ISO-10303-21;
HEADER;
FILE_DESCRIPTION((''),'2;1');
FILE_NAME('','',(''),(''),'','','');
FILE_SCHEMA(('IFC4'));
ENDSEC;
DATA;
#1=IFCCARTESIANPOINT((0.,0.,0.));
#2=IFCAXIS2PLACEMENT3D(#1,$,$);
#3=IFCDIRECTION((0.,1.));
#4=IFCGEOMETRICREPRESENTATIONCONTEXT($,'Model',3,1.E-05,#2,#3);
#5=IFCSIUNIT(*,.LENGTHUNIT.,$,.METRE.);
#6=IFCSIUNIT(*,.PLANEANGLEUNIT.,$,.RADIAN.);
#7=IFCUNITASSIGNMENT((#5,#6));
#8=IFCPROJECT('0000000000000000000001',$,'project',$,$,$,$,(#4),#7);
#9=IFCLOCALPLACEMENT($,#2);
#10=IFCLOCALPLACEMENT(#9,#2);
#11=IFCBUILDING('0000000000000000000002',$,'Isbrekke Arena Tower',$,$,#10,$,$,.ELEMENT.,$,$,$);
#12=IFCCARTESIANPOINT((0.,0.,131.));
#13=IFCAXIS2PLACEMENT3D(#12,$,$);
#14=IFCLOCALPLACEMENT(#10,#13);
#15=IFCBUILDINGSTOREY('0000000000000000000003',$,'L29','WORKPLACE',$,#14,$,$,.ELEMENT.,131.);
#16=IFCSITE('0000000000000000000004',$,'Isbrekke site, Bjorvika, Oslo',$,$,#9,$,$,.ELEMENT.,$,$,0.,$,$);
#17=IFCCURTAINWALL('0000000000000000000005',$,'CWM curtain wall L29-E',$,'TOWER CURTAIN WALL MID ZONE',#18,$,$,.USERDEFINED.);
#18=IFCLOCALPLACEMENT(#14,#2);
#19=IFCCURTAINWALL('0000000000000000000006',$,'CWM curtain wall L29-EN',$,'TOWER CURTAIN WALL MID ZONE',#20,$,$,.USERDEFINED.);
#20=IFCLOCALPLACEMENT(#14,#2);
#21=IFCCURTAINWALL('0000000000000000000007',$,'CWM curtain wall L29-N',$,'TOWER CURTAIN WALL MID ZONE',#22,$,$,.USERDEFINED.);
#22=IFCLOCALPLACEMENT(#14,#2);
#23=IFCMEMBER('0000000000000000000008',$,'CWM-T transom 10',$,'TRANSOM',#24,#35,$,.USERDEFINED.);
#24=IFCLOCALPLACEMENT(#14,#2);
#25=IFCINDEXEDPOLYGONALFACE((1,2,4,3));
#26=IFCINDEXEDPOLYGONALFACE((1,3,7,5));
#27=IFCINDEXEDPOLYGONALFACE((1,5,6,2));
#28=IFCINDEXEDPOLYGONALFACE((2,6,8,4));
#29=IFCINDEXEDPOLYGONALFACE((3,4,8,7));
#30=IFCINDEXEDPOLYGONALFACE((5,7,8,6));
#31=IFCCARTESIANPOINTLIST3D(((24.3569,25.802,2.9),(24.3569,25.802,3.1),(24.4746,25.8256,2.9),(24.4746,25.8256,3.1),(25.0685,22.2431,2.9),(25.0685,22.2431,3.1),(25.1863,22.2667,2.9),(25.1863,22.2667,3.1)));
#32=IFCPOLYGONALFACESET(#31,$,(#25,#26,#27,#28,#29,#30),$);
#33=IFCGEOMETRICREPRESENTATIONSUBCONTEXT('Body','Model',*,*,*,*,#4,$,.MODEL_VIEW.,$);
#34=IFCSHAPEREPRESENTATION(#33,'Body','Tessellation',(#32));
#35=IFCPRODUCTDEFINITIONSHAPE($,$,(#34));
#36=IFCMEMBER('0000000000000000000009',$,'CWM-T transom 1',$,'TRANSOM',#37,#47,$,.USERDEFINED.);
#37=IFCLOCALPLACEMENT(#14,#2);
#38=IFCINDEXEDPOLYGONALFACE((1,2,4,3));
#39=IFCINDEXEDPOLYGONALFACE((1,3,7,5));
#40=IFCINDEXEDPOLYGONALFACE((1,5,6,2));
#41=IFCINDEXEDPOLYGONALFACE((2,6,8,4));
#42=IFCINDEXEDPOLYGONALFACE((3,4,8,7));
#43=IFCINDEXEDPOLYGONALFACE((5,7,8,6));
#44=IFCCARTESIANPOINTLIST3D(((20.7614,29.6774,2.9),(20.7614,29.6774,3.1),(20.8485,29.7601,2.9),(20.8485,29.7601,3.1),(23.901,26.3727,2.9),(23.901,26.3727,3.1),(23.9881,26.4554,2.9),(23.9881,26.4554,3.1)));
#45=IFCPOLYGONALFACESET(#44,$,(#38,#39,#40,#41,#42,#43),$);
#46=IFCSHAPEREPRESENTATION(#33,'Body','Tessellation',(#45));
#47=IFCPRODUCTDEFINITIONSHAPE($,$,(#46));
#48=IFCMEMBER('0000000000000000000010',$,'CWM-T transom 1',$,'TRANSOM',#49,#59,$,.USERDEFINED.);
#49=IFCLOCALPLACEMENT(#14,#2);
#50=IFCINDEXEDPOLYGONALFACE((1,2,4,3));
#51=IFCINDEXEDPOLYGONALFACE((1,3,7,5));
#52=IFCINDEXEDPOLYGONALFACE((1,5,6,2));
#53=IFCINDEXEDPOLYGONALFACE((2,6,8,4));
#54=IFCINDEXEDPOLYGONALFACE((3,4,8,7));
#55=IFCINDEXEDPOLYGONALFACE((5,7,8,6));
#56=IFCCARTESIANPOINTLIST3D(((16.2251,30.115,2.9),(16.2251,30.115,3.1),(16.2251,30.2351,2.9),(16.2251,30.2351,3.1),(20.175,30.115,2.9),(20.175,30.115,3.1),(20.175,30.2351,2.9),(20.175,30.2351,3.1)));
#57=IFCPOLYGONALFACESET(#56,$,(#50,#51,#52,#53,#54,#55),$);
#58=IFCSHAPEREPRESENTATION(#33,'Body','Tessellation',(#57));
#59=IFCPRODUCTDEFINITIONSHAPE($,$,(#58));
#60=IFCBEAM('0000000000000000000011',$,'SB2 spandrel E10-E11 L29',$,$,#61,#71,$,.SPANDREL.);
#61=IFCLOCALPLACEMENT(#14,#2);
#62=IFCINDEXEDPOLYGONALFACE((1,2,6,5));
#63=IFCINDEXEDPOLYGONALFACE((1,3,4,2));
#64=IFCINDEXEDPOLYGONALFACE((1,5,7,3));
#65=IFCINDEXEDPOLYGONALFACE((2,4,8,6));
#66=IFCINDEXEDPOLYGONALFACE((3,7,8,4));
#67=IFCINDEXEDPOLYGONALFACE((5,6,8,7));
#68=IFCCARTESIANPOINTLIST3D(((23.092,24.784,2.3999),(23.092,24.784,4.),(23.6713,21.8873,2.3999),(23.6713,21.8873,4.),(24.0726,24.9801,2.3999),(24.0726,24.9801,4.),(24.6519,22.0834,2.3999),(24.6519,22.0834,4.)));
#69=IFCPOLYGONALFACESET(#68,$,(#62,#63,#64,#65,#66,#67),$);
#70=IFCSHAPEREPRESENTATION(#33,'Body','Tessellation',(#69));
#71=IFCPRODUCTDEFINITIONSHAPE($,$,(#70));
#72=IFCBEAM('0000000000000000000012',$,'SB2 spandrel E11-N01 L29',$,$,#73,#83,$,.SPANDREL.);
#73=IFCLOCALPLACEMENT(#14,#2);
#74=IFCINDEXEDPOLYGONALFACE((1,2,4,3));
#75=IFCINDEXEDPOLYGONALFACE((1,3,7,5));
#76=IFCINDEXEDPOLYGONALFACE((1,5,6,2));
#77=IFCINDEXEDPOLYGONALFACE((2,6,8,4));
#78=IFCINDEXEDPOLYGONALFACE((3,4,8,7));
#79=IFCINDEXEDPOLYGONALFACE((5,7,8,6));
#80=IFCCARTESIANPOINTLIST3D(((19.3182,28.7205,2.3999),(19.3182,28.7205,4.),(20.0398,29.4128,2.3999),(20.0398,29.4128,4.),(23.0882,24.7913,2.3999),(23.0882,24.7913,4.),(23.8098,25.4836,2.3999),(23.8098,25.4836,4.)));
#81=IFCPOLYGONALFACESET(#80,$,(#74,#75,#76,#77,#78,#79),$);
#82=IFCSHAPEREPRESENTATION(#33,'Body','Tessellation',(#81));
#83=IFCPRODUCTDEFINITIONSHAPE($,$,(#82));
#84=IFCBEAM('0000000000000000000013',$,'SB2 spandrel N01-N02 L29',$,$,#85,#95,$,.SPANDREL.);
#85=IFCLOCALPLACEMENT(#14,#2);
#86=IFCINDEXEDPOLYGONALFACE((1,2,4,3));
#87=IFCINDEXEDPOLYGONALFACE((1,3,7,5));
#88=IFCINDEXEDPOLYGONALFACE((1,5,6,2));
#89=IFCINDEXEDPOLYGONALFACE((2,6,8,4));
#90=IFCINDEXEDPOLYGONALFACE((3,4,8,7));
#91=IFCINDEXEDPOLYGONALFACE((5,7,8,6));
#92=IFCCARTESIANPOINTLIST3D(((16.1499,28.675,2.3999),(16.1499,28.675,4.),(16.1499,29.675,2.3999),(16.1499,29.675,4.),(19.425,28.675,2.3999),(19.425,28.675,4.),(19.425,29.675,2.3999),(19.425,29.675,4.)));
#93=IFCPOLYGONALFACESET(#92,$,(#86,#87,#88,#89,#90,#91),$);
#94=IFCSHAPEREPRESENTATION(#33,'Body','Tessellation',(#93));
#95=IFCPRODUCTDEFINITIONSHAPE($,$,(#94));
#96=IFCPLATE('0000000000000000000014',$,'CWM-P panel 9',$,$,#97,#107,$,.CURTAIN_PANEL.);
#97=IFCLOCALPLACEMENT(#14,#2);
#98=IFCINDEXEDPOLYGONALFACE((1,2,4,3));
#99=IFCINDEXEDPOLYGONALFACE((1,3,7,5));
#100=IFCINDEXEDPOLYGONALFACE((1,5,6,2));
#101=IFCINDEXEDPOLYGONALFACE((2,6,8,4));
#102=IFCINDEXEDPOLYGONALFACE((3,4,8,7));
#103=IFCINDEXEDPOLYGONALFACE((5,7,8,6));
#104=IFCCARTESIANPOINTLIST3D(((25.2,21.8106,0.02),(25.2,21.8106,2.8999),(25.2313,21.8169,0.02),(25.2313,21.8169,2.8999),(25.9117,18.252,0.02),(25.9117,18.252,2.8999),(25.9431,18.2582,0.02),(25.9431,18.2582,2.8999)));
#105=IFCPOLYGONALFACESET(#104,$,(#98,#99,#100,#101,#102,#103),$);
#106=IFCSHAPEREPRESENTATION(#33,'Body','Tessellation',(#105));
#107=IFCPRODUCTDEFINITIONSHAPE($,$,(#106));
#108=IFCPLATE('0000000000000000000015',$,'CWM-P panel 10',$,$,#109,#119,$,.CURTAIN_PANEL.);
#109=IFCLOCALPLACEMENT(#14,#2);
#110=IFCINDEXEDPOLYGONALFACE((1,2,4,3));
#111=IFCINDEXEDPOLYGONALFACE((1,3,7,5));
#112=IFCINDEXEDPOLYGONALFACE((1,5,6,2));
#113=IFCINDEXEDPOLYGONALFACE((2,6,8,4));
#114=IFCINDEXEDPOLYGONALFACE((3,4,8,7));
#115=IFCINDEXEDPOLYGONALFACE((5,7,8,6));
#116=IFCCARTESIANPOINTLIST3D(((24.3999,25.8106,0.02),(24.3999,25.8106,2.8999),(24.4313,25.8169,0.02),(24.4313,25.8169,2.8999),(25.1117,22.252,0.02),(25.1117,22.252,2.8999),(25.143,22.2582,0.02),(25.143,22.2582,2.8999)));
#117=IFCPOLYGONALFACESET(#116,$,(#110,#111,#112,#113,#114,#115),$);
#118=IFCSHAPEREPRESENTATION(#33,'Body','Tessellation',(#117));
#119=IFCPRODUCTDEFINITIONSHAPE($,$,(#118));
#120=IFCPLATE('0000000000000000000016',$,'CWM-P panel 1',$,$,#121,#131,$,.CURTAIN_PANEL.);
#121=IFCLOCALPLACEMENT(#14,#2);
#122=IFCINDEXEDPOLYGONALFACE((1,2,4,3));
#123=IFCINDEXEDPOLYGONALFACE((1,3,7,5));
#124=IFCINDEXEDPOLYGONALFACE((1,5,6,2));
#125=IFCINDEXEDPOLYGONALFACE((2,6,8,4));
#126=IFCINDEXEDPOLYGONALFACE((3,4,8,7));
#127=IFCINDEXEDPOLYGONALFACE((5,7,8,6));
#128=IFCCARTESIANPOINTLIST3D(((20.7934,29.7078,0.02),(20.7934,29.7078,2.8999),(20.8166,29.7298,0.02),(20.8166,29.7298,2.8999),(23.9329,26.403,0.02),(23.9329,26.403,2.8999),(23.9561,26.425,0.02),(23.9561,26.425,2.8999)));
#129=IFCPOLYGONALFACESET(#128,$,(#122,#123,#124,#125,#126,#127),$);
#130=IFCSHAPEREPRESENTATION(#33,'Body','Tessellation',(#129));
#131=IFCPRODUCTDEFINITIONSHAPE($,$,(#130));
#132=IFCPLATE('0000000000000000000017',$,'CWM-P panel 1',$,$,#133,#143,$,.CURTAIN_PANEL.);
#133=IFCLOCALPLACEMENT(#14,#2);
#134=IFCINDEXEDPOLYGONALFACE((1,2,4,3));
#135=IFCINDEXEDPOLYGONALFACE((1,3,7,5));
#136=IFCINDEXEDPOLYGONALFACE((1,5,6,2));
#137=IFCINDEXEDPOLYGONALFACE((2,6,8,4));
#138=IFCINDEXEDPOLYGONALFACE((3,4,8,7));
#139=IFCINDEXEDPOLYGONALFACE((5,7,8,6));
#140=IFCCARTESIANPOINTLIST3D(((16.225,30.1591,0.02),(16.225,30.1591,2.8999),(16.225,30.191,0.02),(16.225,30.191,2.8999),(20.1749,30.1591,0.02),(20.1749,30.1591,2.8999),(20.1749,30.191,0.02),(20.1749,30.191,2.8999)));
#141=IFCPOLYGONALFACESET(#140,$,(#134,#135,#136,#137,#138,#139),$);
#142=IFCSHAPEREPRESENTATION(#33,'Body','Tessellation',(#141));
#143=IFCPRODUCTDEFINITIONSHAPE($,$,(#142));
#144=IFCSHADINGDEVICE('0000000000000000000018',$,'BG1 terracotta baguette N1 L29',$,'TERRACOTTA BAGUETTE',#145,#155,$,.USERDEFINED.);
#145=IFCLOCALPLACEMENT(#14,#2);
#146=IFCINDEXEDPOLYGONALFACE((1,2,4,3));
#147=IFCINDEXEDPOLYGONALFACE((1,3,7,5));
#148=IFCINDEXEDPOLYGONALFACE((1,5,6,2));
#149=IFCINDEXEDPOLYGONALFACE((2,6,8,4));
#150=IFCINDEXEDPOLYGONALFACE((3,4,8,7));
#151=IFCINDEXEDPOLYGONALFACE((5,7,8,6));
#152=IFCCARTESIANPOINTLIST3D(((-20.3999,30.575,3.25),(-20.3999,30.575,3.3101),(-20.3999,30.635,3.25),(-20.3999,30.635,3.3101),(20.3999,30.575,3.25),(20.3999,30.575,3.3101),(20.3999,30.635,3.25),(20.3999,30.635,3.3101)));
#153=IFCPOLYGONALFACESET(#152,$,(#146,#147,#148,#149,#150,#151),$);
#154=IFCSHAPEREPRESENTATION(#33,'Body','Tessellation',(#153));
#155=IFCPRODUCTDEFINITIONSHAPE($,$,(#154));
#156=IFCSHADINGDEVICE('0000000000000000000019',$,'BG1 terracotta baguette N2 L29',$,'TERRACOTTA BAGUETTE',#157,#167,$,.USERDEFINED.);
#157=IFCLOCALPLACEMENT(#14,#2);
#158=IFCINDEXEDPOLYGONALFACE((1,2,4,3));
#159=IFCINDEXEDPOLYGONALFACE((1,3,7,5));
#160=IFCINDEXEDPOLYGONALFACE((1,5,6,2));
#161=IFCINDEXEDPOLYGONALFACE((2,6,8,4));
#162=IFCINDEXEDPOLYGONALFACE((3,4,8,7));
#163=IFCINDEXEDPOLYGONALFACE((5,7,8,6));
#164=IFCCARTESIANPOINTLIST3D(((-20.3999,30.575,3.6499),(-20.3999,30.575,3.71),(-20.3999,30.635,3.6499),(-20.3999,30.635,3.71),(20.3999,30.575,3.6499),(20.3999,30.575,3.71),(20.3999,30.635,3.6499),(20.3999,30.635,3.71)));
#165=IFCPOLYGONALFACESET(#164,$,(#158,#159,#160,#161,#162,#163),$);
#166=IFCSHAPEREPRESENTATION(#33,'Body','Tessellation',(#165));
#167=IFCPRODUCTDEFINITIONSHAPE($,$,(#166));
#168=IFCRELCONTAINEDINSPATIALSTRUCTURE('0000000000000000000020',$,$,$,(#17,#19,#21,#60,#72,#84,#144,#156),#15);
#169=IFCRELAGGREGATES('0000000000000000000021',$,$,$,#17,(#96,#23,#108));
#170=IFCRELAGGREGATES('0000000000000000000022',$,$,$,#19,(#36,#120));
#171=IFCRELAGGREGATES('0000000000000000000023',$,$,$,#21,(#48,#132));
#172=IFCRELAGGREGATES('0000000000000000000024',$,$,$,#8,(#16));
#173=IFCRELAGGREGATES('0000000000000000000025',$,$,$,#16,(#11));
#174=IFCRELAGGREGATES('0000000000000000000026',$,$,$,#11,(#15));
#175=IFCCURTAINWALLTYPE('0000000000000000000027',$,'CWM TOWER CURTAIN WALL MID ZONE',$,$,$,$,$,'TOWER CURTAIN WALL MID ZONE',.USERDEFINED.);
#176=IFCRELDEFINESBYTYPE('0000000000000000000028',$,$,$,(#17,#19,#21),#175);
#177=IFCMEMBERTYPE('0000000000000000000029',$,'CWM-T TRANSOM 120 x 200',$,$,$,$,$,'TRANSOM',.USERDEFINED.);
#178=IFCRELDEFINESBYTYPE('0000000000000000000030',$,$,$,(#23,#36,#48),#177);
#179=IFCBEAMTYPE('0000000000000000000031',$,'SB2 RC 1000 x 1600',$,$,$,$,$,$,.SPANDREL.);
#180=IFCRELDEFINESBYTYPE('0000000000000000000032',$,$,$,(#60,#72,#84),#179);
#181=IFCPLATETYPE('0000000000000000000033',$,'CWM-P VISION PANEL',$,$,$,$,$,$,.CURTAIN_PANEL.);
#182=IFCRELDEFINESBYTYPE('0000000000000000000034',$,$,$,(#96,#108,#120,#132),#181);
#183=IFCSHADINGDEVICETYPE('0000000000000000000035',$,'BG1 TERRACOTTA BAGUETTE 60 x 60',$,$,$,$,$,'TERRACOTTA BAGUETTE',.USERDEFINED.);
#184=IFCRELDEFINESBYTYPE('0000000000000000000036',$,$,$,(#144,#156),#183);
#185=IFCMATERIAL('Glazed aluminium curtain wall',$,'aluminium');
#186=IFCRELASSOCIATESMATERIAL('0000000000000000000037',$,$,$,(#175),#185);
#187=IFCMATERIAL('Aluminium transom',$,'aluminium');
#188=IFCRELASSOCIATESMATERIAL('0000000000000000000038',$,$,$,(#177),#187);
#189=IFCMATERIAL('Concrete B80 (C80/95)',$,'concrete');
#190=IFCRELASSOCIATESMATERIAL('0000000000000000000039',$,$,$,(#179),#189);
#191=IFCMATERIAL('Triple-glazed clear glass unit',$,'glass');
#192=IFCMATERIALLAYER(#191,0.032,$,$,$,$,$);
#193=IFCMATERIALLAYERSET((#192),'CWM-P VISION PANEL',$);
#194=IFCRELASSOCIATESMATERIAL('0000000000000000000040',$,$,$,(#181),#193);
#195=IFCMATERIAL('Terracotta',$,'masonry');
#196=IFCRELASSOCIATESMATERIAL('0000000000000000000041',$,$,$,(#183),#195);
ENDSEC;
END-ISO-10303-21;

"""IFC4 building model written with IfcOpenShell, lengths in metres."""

from ifc_helpers import new_model, si_unit, direction, frame, origin, origin_2d, place, context, subcontext, project, spatial, rectangle, extrude, material, layer, layer_set, material_profile, profile_set, type_object, element, aggregate, save


model = new_model("IFC4")

# Units and contexts
model_context = context("Model", 3, precision=1e-05, world=origin(), true_north=direction((0.0, 1.0)))
body_context = subcontext(model_context, "Body", "Model", "MODEL_VIEW")
ifc_project = project(units=[si_unit("LENGTHUNIT", "METRE"), si_unit("PLANEANGLEUNIT", "RADIAN")], contexts=[model_context])

# Site, building, storey
site_placement = place(None, origin())
site = spatial("IfcSite", under=ifc_project, at=site_placement, Name="Isbrekke site, Bjorvika, Oslo", CompositionType="ELEMENT", RefElevation=0.0)
building_placement = place(site_placement, origin())
building = spatial("IfcBuilding", under=site, at=building_placement, Name="Isbrekke Arena Tower", CompositionType="ELEMENT")
storey_placement = place(building_placement, frame((0.0, 0.0, 131.0)))
storey = spatial("IfcBuildingStorey", under=building, at=storey_placement, Name="L29", Description="WORKPLACE", CompositionType="ELEMENT", Elevation=131.0)

# Curtain walls
ifc_material_1 = material(Name="Glazed aluminium curtain wall", Category="aluminium")
curtain_wall_type = type_object("IfcCurtainWallType", Name="CWM TOWER CURTAIN WALL MID ZONE", ElementType="TOWER CURTAIN WALL MID ZONE", PredefinedType="USERDEFINED", material=ifc_material_1)
curtain_wall_1_placement = place(storey_placement, origin())
curtain_wall_1 = element("IfcCurtainWall", 1, at=curtain_wall_1_placement, inside=storey, type_object=curtain_wall_type, Name="CWM curtain wall L29-E", ObjectType="TOWER CURTAIN WALL MID ZONE", PredefinedType="USERDEFINED")
curtain_wall_2_placement = place(storey_placement, origin())
curtain_wall_2 = element("IfcCurtainWall", 2, at=curtain_wall_2_placement, inside=storey, type_object=curtain_wall_type, Name="CWM curtain wall L29-EN", ObjectType="TOWER CURTAIN WALL MID ZONE", PredefinedType="USERDEFINED")
curtain_wall_3_placement = place(storey_placement, origin())
curtain_wall_3 = element("IfcCurtainWall", 3, at=curtain_wall_3_placement, inside=storey, type_object=curtain_wall_type, Name="CWM curtain wall L29-N", ObjectType="TOWER CURTAIN WALL MID ZONE", PredefinedType="USERDEFINED")

# Members
ifc_material_2 = material(Name="Aluminium transom", Category="aluminium")
ifc_material_profile_1 = material_profile(ifc_material_2, rectangle(XDim=0.1201, YDim=0.2, at=origin_2d()), Name="TRANSOM 120X200")
ifc_profile_set_1 = profile_set([ifc_material_profile_1], Name="Aluminium transom")
member_type_1 = type_object("IfcMemberType", Name="CWM-T TRANSOM 120 x 200", ElementType="TRANSOM", PredefinedType="USERDEFINED", material=ifc_profile_set_1)
member_1_placement = place(storey_placement, frame((25.1274, 22.2549, 3.0), z_axis=(-0.19609, 0.980586, 0.0), x_axis=(-0.980586, -0.19609, 0.0)))
member_1 = element("IfcMember", 4, at=member_1_placement, type_object=member_type_1, Name="CWM-T transom 10", ObjectType="TRANSOM", PredefinedType="USERDEFINED", context=body_context, shape_type="SweptSolid", body=[
    extrude(rectangle(XDim=0.1201, YDim=0.2, at=origin_2d()), origin(), (0.0, 0.0, 1.0), 3.6294),
])
member_2_placement = place(storey_placement, frame((23.9446, 26.4141, 3.0), z_axis=(-0.688772, 0.724978, 0.0), x_axis=(-0.724978, -0.688772, 0.0)))
member_2 = element("IfcMember", 5, at=member_2_placement, type_object=member_type_1, Name="CWM-T transom 1", ObjectType="TRANSOM", PredefinedType="USERDEFINED", context=body_context, shape_type="SweptSolid", body=[
    extrude(rectangle(XDim=0.1201, YDim=0.2, at=origin_2d()), origin(), (0.0, 0.0, 1.0), 4.5583),
])
member_3_placement = place(storey_placement, frame((20.175, 30.175, 3.0), z_axis=(-1.0, 0.0, 0.0), x_axis=(0.0, -1.0, 0.0)))
member_3 = element("IfcMember", 6, at=member_3_placement, type_object=member_type_1, Name="CWM-T transom 1", ObjectType="TRANSOM", PredefinedType="USERDEFINED", context=body_context, shape_type="SweptSolid", body=[
    extrude(rectangle(XDim=0.1201, YDim=0.2, at=origin_2d()), origin(), (0.0, 0.0, 1.0), 3.95),
])

# Beams
ifc_material_3 = material(Name="Concrete B80 (C80/95)", Category="concrete")
ifc_material_profile_2 = material_profile(ifc_material_3, rectangle(XDim=1.0, YDim=1.6001, at=origin_2d()), Name="RC 1000x1600")
ifc_profile_set_2 = profile_set([ifc_material_profile_2], Name="Concrete B80 (C80/95)")
beam_type_1 = type_object("IfcBeamType", Name="SB2 RC 1000 x 1600", PredefinedType="SPANDREL", material=ifc_profile_set_2)
beam_1_placement = place(storey_placement, frame((24.1616, 21.9854, 3.2), z_axis=(-0.196116, 0.980581, 0.0), x_axis=(-0.980581, -0.196116, 0.0)))
element("IfcBeam", 7, at=beam_1_placement, inside=storey, type_object=beam_type_1, Name="SB2 spandrel E10-E11 L29", PredefinedType="SPANDREL", context=body_context, shape_type="SweptSolid", body=[
    extrude(rectangle(XDim=1.0, YDim=1.6001, at=origin_2d()), origin(), (0.0, 0.0, 1.0), 2.9541),
])
beam_2_placement = place(storey_placement, frame((23.449, 25.1375, 3.2), z_axis=(-0.69234, 0.721572, 0.0), x_axis=(-0.721572, -0.69234, 0.0)))
element("IfcBeam", 8, at=beam_2_placement, inside=storey, type_object=beam_type_1, Name="SB2 spandrel E11-N01 L29", PredefinedType="SPANDREL", context=body_context, shape_type="SweptSolid", body=[
    extrude(rectangle(XDim=1.0, YDim=1.6001, at=origin_2d()), origin(), (0.0, 0.0, 1.0), 5.4453),
])
beam_3_placement = place(storey_placement, frame((19.425, 29.175, 3.2), z_axis=(-1.0, 0.0, 0.0), x_axis=(0.0, -1.0, 0.0)))
element("IfcBeam", 9, at=beam_3_placement, inside=storey, type_object=beam_type_1, Name="SB2 spandrel N01-N02 L29", PredefinedType="SPANDREL", context=body_context, shape_type="SweptSolid", body=[
    extrude(rectangle(XDim=1.0, YDim=1.6001, at=origin_2d()), origin(), (0.0, 0.0, 1.0), 3.2751),
])

# Plates
ifc_material_4 = material(Name="Triple-glazed clear glass unit", Category="glass")
ifc_layer = layer(ifc_material_4, 0.032)
ifc_layer_set = layer_set([ifc_layer], Name="CWM-P VISION PANEL")
plate_type = type_object("IfcPlateType", Name="CWM-P VISION PANEL", PredefinedType="CURTAIN_PANEL", material=ifc_layer_set)
plate_1_placement = place(storey_placement, frame((25.5715, 20.0344, 0.02), z_axis=(0.0, 0.0, 1.0), x_axis=(-0.196116, 0.980581, 0.0)))
plate_1 = element("IfcPlate", 10, at=plate_1_placement, type_object=plate_type, Name="CWM-P panel 9", PredefinedType="CURTAIN_PANEL", context=body_context, shape_type="SweptSolid", body=[
    extrude(rectangle(XDim=3.6292, YDim=0.032, at=origin_2d()), origin(), (0.0, 0.0, 1.0), 2.8799),
])
plate_2_placement = place(storey_placement, frame((24.7715, 24.0344, 0.02), z_axis=(0.0, 0.0, 1.0), x_axis=(-0.196116, 0.980581, 0.0)))
plate_2 = element("IfcPlate", 11, at=plate_2_placement, type_object=plate_type, Name="CWM-P panel 10", PredefinedType="CURTAIN_PANEL", context=body_context, shape_type="SweptSolid", body=[
    extrude(rectangle(XDim=3.6292, YDim=0.032, at=origin_2d()), origin(), (0.0, 0.0, 1.0), 2.8799),
])
aggregate(curtain_wall_1, [plate_1, member_1, plate_2])
plate_3_placement = place(storey_placement, frame((22.3748, 28.0664, 0.02), z_axis=(0.0, 0.0, 1.0), x_axis=(-0.688749, 0.724999, 0.0)))
plate_3 = element("IfcPlate", 12, at=plate_3_placement, type_object=plate_type, Name="CWM-P panel 1", PredefinedType="CURTAIN_PANEL", context=body_context, shape_type="SweptSolid", body=[
    extrude(rectangle(XDim=4.5583, YDim=0.032, at=origin_2d()), origin(), (0.0, 0.0, 1.0), 2.8799),
])
aggregate(curtain_wall_2, [member_2, plate_3])
plate_4_placement = place(storey_placement, frame((18.2, 30.175, 0.02), z_axis=(0.0, 0.0, 1.0), x_axis=(-1.0, 0.0, 0.0)))
plate_4 = element("IfcPlate", 13, at=plate_4_placement, type_object=plate_type, Name="CWM-P panel 1", PredefinedType="CURTAIN_PANEL", context=body_context, shape_type="SweptSolid", body=[
    extrude(rectangle(XDim=3.95, YDim=0.032, at=origin_2d()), origin(), (0.0, 0.0, 1.0), 2.8799),
])
aggregate(curtain_wall_3, [member_3, plate_4])

# Shading devices
ifc_material_5 = material(Name="Terracotta", Category="masonry")
ifc_material_profile_3 = material_profile(ifc_material_5, rectangle(XDim=0.0601, YDim=0.0601, at=origin_2d()), Name="BAGUETTE 60X60")
ifc_profile_set_3 = profile_set([ifc_material_profile_3], Name="Terracotta")
shading_device_type = type_object("IfcShadingDeviceType", Name="BG1 TERRACOTTA BAGUETTE 60 x 60", ElementType="TERRACOTTA BAGUETTE", PredefinedType="USERDEFINED", material=ifc_profile_set_3)
for number, where, z_axis, x_axis, name in (
    (14, (20.3999, 30.605, 3.28), (-1.0, 0.0, 0.0), (0.0, -1.0, 0.0), "BG1 terracotta baguette N1 L29"),
    (15, (20.3999, 30.605, 3.6799), (-1.0, 0.0, 0.0), (0.0, -1.0, 0.0), "BG1 terracotta baguette N2 L29"),
):
    element("IfcShadingDevice", number, at=place(storey_placement, frame(where, z_axis=z_axis, x_axis=x_axis)), inside=storey, type_object=shading_device_type, Name=name, ObjectType="TERRACOTTA BAGUETTE", PredefinedType="USERDEFINED", context=body_context, shape_type="SweptSolid", body=[
        extrude(rectangle(XDim=0.0601, YDim=0.0601, at=origin_2d()), origin(), (0.0, 0.0, 1.0), 40.7998),
    ])

save(model, "model.ifc")
